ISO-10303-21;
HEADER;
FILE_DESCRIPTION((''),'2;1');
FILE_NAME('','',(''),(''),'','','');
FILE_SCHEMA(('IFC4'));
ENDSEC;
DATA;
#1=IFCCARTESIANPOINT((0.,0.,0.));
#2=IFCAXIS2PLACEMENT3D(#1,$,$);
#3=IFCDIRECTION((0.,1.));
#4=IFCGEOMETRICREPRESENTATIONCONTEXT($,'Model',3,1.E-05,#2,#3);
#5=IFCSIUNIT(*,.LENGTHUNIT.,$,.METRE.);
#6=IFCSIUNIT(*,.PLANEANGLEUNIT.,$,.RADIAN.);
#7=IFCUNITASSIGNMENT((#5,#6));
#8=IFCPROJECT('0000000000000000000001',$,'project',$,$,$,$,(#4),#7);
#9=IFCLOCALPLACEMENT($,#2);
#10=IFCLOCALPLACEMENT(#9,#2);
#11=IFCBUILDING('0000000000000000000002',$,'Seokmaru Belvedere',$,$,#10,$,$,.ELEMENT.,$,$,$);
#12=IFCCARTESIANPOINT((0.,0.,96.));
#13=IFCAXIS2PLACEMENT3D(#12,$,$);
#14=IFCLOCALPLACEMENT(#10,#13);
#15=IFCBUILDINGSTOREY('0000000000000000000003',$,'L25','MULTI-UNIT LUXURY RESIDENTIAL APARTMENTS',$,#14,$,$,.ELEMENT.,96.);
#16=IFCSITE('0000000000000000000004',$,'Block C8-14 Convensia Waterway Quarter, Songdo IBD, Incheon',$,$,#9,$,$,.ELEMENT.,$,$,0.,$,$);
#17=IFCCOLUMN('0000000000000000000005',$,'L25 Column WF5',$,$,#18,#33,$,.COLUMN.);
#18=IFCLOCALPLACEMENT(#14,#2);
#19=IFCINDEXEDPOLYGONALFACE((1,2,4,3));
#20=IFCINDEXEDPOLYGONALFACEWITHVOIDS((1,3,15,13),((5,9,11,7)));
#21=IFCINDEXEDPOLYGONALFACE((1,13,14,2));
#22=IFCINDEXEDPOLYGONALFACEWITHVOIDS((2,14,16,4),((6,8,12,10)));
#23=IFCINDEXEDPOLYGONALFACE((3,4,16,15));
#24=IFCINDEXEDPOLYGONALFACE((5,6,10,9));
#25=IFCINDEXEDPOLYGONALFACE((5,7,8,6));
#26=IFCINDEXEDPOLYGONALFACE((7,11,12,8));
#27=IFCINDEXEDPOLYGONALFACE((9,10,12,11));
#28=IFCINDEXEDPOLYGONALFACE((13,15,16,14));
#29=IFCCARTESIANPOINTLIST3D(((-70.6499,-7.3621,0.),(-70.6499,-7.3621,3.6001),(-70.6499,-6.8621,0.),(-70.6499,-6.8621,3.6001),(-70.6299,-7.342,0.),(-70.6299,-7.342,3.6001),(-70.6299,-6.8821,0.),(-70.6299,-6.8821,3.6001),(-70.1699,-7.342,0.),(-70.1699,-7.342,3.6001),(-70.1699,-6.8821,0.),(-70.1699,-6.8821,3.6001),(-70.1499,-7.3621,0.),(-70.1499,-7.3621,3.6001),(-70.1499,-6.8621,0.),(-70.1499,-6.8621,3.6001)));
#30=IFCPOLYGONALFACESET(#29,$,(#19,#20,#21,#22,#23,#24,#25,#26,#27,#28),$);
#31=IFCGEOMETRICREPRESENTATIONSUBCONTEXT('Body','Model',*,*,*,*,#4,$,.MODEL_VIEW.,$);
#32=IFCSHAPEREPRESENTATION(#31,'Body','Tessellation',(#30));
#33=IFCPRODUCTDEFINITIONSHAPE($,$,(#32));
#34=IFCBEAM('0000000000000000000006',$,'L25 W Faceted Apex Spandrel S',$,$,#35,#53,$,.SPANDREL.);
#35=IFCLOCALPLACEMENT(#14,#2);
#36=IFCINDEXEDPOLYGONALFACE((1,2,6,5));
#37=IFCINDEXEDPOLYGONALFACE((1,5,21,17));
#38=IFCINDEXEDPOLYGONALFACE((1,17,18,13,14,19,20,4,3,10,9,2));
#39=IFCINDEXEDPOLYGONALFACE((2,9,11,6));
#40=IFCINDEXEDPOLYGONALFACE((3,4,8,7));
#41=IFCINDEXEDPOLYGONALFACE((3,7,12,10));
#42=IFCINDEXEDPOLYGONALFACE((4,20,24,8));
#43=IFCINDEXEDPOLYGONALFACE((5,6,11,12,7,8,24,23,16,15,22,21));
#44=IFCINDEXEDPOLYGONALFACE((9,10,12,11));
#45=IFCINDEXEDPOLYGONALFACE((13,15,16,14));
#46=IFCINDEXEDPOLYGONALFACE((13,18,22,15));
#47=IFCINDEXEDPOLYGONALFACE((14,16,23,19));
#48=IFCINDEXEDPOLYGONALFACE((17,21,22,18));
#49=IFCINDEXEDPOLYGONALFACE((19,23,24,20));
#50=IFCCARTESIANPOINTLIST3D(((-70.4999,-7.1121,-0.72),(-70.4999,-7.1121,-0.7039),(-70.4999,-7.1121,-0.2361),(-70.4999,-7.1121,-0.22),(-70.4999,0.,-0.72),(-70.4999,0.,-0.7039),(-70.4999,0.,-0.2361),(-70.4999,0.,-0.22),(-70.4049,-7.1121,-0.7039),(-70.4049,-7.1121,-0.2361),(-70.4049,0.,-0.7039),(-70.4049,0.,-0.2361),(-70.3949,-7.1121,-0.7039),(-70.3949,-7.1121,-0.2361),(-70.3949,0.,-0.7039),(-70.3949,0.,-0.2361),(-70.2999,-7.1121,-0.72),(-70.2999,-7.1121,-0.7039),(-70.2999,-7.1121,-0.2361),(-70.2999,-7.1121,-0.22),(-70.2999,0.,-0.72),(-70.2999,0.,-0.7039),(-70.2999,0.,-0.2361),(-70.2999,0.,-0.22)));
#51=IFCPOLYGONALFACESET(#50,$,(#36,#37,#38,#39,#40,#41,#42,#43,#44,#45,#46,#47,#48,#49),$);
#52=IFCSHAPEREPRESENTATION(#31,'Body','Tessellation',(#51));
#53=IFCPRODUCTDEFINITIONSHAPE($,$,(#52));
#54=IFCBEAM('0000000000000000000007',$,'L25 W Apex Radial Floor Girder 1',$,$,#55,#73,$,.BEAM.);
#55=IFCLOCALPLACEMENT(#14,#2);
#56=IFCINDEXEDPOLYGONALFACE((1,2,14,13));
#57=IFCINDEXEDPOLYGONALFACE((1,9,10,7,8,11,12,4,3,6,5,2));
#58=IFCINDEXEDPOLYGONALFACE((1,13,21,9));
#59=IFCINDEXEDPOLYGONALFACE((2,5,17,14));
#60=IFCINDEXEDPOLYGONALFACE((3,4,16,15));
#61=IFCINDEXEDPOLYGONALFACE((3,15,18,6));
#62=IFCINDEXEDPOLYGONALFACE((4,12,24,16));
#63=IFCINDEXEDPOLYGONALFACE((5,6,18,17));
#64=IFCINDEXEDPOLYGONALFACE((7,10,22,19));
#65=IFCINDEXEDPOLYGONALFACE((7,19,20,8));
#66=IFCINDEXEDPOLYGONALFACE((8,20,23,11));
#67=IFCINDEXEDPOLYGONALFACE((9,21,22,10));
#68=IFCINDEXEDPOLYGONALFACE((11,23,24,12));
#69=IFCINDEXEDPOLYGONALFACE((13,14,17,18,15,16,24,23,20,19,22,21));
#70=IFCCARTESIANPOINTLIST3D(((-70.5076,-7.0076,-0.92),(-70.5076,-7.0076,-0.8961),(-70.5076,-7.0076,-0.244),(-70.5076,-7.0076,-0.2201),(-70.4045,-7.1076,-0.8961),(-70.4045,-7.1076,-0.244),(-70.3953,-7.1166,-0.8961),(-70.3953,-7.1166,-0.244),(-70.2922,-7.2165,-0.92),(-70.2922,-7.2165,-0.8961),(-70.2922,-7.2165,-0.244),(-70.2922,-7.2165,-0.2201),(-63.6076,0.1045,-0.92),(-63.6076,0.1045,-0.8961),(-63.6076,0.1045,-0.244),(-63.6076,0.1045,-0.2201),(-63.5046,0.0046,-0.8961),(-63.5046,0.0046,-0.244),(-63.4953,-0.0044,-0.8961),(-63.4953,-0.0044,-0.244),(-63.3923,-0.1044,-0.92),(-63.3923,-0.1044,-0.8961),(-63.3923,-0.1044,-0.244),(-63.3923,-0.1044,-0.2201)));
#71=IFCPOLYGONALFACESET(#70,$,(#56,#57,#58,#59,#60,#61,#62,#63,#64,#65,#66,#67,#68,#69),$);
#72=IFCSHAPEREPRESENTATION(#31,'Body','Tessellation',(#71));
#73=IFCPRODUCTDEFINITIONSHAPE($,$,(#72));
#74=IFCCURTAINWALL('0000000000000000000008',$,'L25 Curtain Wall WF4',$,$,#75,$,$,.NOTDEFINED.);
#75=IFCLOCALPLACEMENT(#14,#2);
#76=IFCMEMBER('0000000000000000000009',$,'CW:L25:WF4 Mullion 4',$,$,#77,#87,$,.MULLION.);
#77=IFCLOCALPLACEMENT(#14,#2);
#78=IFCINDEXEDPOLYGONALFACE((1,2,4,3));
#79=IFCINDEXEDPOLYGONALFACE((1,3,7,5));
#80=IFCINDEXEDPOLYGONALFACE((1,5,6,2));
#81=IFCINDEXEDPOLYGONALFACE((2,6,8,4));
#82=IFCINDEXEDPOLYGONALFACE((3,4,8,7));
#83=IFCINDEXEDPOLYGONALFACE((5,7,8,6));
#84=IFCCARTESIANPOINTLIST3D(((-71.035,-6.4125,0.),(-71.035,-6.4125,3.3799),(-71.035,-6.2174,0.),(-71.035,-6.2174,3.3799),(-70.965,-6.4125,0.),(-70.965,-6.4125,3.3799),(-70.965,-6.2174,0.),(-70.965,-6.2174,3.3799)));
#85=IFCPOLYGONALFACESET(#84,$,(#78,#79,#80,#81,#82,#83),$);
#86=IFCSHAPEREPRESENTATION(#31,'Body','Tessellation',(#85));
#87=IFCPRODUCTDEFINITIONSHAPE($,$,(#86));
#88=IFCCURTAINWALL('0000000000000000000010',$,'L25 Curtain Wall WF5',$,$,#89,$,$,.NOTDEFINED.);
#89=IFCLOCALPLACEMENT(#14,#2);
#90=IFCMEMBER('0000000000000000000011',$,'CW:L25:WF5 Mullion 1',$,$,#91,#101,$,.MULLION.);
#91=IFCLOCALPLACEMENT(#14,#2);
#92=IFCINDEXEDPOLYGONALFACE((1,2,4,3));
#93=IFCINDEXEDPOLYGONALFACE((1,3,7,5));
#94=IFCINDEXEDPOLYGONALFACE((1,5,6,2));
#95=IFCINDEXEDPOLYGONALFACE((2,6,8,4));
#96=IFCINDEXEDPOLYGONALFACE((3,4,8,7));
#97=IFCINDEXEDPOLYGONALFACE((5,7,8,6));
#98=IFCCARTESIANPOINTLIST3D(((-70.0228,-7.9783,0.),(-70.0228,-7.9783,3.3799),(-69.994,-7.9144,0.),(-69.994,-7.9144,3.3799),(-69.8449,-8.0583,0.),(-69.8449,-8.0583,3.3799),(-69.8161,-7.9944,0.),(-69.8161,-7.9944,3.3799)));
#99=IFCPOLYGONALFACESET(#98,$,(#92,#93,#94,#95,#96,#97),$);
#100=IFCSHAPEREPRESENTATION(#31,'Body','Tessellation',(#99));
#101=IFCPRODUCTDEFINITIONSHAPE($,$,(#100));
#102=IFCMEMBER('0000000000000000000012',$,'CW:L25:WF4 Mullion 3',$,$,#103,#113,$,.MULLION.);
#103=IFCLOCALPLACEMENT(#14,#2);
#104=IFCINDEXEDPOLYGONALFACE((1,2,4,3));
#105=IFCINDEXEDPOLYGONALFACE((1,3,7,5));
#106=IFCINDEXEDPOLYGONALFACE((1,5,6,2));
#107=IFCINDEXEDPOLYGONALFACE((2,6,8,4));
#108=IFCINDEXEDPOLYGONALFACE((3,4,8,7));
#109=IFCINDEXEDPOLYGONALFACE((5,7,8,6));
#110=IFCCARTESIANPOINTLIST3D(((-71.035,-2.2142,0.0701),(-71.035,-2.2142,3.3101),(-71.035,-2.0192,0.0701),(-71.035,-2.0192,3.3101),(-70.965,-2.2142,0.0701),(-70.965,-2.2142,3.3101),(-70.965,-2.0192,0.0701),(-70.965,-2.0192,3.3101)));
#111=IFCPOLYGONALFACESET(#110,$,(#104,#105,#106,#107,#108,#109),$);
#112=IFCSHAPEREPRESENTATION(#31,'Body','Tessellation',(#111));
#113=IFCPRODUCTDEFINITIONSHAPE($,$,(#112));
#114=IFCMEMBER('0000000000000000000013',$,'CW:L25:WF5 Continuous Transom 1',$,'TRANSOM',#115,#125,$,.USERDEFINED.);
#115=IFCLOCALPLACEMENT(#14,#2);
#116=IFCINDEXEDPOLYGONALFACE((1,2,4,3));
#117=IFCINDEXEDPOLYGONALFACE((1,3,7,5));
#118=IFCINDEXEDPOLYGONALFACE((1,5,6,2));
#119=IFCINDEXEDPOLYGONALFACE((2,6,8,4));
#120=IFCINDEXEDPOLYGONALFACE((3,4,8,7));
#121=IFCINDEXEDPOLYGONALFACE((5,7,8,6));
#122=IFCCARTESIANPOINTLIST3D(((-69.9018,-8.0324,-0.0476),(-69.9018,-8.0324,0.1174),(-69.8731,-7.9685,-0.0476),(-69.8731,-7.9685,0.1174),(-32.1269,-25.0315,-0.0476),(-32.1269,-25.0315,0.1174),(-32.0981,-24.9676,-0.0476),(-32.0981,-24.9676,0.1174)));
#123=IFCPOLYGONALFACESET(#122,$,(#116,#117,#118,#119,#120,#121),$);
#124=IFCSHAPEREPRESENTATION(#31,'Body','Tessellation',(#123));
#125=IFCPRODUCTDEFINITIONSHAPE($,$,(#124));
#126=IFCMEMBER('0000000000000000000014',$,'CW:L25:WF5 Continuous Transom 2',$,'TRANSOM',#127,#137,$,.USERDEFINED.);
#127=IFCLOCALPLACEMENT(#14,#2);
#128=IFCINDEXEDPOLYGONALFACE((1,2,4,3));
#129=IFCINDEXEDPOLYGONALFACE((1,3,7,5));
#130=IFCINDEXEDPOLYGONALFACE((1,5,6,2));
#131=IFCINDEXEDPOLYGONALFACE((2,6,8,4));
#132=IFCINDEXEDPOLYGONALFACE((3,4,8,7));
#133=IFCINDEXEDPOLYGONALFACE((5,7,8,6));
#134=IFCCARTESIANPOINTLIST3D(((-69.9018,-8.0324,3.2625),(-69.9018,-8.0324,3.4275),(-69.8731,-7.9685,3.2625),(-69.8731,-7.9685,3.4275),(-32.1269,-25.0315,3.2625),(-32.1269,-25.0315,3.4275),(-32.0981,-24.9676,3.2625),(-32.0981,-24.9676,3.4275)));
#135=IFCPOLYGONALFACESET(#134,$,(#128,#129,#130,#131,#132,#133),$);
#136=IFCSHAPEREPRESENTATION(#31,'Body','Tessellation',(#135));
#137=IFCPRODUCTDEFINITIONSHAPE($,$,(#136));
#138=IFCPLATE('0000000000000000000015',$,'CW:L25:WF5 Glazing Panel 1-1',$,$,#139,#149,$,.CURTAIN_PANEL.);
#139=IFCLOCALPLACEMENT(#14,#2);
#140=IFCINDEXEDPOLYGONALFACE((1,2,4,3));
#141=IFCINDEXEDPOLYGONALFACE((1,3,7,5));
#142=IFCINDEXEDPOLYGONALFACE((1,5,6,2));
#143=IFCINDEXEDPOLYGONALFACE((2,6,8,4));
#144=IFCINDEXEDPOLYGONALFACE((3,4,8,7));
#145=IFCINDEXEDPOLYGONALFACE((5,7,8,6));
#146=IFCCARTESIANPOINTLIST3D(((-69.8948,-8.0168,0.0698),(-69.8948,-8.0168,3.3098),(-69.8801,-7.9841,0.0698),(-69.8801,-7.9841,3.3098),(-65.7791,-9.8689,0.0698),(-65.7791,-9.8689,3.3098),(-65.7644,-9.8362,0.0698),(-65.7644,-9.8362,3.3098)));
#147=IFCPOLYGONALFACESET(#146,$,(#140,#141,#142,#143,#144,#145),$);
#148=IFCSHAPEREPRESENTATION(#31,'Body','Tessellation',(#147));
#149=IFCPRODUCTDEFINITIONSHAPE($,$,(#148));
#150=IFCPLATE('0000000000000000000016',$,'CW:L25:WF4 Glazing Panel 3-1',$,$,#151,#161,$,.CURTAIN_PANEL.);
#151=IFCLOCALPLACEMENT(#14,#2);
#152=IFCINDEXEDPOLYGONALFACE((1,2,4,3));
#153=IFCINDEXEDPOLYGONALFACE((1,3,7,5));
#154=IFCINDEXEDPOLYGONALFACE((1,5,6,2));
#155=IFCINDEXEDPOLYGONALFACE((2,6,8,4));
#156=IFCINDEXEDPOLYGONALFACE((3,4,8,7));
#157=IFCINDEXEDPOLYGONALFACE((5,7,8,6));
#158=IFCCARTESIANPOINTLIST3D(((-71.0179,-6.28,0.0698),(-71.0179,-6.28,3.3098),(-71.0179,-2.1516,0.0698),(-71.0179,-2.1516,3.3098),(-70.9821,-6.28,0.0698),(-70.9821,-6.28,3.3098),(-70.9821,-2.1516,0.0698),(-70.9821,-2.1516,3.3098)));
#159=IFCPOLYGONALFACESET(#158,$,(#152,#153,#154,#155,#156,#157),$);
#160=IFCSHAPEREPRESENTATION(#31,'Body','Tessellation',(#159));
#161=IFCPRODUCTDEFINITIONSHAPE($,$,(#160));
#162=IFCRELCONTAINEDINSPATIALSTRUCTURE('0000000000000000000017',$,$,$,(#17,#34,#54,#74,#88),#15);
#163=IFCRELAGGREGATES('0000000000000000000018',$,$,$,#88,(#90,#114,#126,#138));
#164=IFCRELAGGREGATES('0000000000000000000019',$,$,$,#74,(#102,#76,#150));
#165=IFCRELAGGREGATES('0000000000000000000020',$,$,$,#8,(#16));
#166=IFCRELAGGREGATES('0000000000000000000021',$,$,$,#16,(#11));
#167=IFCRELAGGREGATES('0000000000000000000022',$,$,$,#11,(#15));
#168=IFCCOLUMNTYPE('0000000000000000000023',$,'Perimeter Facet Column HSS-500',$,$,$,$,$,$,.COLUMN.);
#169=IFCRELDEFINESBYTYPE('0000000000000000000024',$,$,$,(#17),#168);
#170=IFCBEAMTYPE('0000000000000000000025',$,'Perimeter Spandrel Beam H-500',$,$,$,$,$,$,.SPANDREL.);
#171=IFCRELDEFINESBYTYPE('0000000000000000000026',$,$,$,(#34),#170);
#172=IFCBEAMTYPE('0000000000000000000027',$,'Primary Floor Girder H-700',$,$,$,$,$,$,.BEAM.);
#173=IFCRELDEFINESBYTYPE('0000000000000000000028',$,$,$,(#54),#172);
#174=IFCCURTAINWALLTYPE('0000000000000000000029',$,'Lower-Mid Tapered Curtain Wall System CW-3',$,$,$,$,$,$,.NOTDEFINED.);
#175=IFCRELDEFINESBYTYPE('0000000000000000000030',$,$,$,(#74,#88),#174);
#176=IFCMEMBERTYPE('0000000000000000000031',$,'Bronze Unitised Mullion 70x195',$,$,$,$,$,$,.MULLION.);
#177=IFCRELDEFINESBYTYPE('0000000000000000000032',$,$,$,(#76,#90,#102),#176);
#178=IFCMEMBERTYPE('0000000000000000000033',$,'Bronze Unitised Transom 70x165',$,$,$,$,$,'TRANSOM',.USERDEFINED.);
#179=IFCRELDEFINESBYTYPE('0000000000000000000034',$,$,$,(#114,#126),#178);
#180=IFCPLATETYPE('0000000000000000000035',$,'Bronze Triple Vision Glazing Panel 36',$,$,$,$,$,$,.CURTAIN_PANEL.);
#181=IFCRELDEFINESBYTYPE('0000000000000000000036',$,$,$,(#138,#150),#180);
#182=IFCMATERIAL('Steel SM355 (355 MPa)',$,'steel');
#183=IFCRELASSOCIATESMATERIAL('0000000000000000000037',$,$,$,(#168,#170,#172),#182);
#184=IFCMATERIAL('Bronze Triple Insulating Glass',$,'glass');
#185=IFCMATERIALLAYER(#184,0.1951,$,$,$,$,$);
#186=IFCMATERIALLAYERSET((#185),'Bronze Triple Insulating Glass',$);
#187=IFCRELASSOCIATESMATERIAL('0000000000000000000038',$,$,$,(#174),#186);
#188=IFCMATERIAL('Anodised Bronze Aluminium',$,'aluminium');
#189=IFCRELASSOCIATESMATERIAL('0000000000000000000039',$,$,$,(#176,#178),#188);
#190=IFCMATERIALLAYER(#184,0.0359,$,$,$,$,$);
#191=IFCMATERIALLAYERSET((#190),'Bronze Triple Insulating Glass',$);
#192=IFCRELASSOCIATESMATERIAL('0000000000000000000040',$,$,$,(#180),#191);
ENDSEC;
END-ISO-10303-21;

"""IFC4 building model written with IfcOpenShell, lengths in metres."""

from ifc_helpers import new_model, si_unit, direction, frame, origin, origin_2d, place, context, subcontext, project, spatial, rectangle, hollow_rectangle, i_section, extrude, source, transform, mapped, material, layer, layer_set, material_profile, profile_set, type_object, type_shapes, element, aggregate, save


model = new_model("IFC4")

# Units and contexts
model_context = context("Model", 3, precision=1e-05, world=origin(), true_north=direction((0.0, 1.0)))
body_context = subcontext(model_context, "Body", "Model", "MODEL_VIEW")
ifc_project = project(units=[si_unit("LENGTHUNIT", "METRE"), si_unit("PLANEANGLEUNIT", "RADIAN")], contexts=[model_context])

# Site, building, storey
site_placement = place(None, origin())
site = spatial("IfcSite", under=ifc_project, at=site_placement, Name="Block C8-14 Convensia Waterway Quarter, Songdo IBD, Incheon", CompositionType="ELEMENT", RefElevation=0.0)
building_placement = place(site_placement, origin())
building = spatial("IfcBuilding", under=site, at=building_placement, Name="Seokmaru Belvedere", CompositionType="ELEMENT")
storey_placement = place(building_placement, frame((0.0, 0.0, 96.0)))
storey = spatial("IfcBuildingStorey", under=building, at=storey_placement, Name="L25", Description="MULTI-UNIT LUXURY RESIDENTIAL APARTMENTS", CompositionType="ELEMENT", Elevation=96.0)

# Column
ifc_material_1 = material(Name="Steel SM355 (355 MPa)", Category="steel")
ifc_material_profile_1 = material_profile(ifc_material_1, hollow_rectangle(XDim=0.5, YDim=0.5, WallThickness=0.02, at=origin_2d()), Name="HSS-500x500x20")
ifc_profile_set_1 = profile_set([ifc_material_profile_1], Name="Steel SM355 (355 MPa)")
column_type = type_object("IfcColumnType", Name="Perimeter Facet Column HSS-500", PredefinedType="COLUMN", material=ifc_profile_set_1)
shared_shape_1 = source(origin(), body_context, "Body", "SweptSolid", [
    extrude(hollow_rectangle(XDim=0.5, YDim=0.5, WallThickness=0.02, at=origin_2d()), origin(), (0.0, 0.0, 1.0), 3.6001),
])
type_shapes(column_type, [shared_shape_1])
column_placement = place(storey_placement, frame((-70.3999, -7.1121, 0.0), z_axis=(0.0, 0.0, 1.0), x_axis=(1.0, 0.0, 0.0)))
element("IfcColumn", 1, at=column_placement, inside=storey, type_object=column_type, Name="L25 Column WF5", PredefinedType="COLUMN", context=body_context, shape_type="MappedRepresentation", body=[
    mapped(shared_shape_1, transform((0.0, 0.0, 0.0), scale=1.0)),
])

# Beams
ifc_material_profile_2 = material_profile(ifc_material_1, i_section(OverallWidth=0.2, OverallDepth=0.5, WebThickness=0.01, FlangeThickness=0.0161, at=origin_2d()), Name="H-500x200x10x16")
ifc_profile_set_2 = profile_set([ifc_material_profile_2], Name="Steel SM355 (355 MPa)")
beam_type_1 = type_object("IfcBeamType", Name="Perimeter Spandrel Beam H-500", PredefinedType="SPANDREL", material=ifc_profile_set_2)
shared_shape_2 = source(origin(), body_context, "Body", "SweptSolid", [
    extrude(i_section(OverallWidth=0.2, OverallDepth=0.5, WebThickness=0.01, FlangeThickness=0.0161, at=origin_2d()), origin(), (0.0, 0.0, 1.0), 7.1121),
])
type_shapes(beam_type_1, [shared_shape_2])
beam_1_placement = place(storey_placement, frame((-70.3999, -7.1121, -0.47), z_axis=(0.0, 1.0, 0.0), x_axis=(-1.0, 0.0, 0.0)))
element("IfcBeam", 2, at=beam_1_placement, inside=storey, type_object=beam_type_1, Name="L25 W Faceted Apex Spandrel S", PredefinedType="SPANDREL", context=body_context, shape_type="MappedRepresentation", body=[
    mapped(shared_shape_2, transform((0.0, 0.0, 0.0), scale=1.0)),
])
ifc_material_profile_3 = material_profile(ifc_material_1, i_section(OverallWidth=0.3, OverallDepth=0.7, WebThickness=0.0129, FlangeThickness=0.0239, at=origin_2d()), Name="H-700x300x13x24")
ifc_profile_set_3 = profile_set([ifc_material_profile_3], Name="Steel SM355 (355 MPa)")
beam_type_2 = type_object("IfcBeamType", Name="Primary Floor Girder H-700", PredefinedType="BEAM", material=ifc_profile_set_3)
shared_shape_3 = source(origin(), body_context, "Body", "SweptSolid", [
    extrude(i_section(OverallWidth=0.3, OverallDepth=0.7, WebThickness=0.0129, FlangeThickness=0.0239, at=origin_2d()), origin(), (0.0, 0.0, 1.0), 9.9092),
])
type_shapes(beam_type_2, [shared_shape_3])
beam_2_placement = place(storey_placement, frame((-70.3999, -7.1121, -0.5701), z_axis=(0.696321, 0.717731, 0.0), x_axis=(-0.717731, 0.696321, 0.0)))
element("IfcBeam", 3, at=beam_2_placement, inside=storey, type_object=beam_type_2, Name="L25 W Apex Radial Floor Girder 1", PredefinedType="BEAM", context=body_context, shape_type="MappedRepresentation", body=[
    mapped(shared_shape_3, transform((0.0, 0.0, 0.0), scale=1.0)),
])

# Curtain walls, members
ifc_material_2 = material(Name="Bronze Triple Insulating Glass", Category="glass")
ifc_layer_1 = layer(ifc_material_2, 0.1951)
ifc_layer_set_1 = layer_set([ifc_layer_1], Name="Bronze Triple Insulating Glass")
curtain_wall_type = type_object("IfcCurtainWallType", Name="Lower-Mid Tapered Curtain Wall System CW-3", PredefinedType="NOTDEFINED", material=ifc_layer_set_1)
curtain_wall_1_placement = place(storey_placement, origin())
curtain_wall_1 = element("IfcCurtainWall", 4, at=curtain_wall_1_placement, inside=storey, type_object=curtain_wall_type, Name="L25 Curtain Wall WF4", PredefinedType="NOTDEFINED")
ifc_material_3 = material(Name="Anodised Bronze Aluminium", Category="aluminium")
ifc_material_profile_4 = material_profile(ifc_material_3, rectangle(XDim=0.0701, YDim=0.1951, at=origin_2d()), Name="CW-M-70x195")
ifc_profile_set_4 = profile_set([ifc_material_profile_4], Name="Anodised Bronze Aluminium")
member_type_1 = type_object("IfcMemberType", Name="Bronze Unitised Mullion 70x195", PredefinedType="MULLION", material=ifc_profile_set_4)
shared_shape_4 = source(origin(), body_context, "Body", "SweptSolid", [
    extrude(rectangle(XDim=0.0701, YDim=0.1951, at=origin_2d()), origin(), (0.0, 0.0, 1.0), 3.3799),
])
member_1_placement = place(storey_placement, frame((-71.0, -6.3149, 0.0), z_axis=(0.0, 0.0, 1.0), x_axis=(1.0, 0.0, 0.0)))
member_1 = element("IfcMember", 5, at=member_1_placement, type_object=member_type_1, Name="CW:L25:WF4 Mullion 4", PredefinedType="MULLION", context=body_context, shape_type="MappedRepresentation", body=[
    mapped(shared_shape_4, transform((0.0, 0.0, 0.0), scale=1.0)),
])
curtain_wall_2_placement = place(storey_placement, origin())
curtain_wall_2 = element("IfcCurtainWall", 6, at=curtain_wall_2_placement, inside=storey, type_object=curtain_wall_type, Name="L25 Curtain Wall WF5", PredefinedType="NOTDEFINED")
member_2_placement = place(storey_placement, frame((-69.9194, -7.9863, 0.0), z_axis=(0.0, 0.0, 1.0), x_axis=(0.410366, 0.911921, 0.0)))
member_2 = element("IfcMember", 7, at=member_2_placement, type_object=member_type_1, Name="CW:L25:WF5 Mullion 1", PredefinedType="MULLION", context=body_context, shape_type="MappedRepresentation", body=[
    mapped(shared_shape_4, transform((0.0, 0.0, 0.0), scale=1.0)),
])

# Members
shared_shape_5 = source(origin(), body_context, "Body", "SweptSolid", [
    extrude(rectangle(XDim=0.0701, YDim=0.1951, at=origin_2d()), origin(), (0.0, 0.0, 1.0), 3.24),
])
type_shapes(member_type_1, [shared_shape_4, shared_shape_5])
member_3_placement = place(storey_placement, frame((-71.0, -2.1167, 0.0701), z_axis=(0.0, 0.0, 1.0), x_axis=(1.0, 0.0, 0.0)))
member_3 = element("IfcMember", 8, at=member_3_placement, type_object=member_type_1, Name="CW:L25:WF4 Mullion 3", PredefinedType="MULLION", context=body_context, shape_type="MappedRepresentation", body=[
    mapped(shared_shape_5, transform((0.0, 0.0, 0.0), scale=1.0)),
])
ifc_material_profile_5 = material_profile(ifc_material_3, rectangle(XDim=0.0701, YDim=0.165, at=origin_2d()), Name="CW-T-70x165")
ifc_profile_set_5 = profile_set([ifc_material_profile_5], Name="Anodised Bronze Aluminium")
member_type_2 = type_object("IfcMemberType", Name="Bronze Unitised Transom 70x165", ElementType="TRANSOM", PredefinedType="USERDEFINED", material=ifc_profile_set_5)
shared_shape_6 = source(origin(), body_context, "Body", "SweptSolid", [
    extrude(rectangle(XDim=0.0701, YDim=0.165, at=origin_2d()), origin(), (0.0, 0.0, 1.0), 41.4236),
])
type_shapes(member_type_2, [shared_shape_6])
member_4_placement = place(storey_placement, frame((-69.8875, -8.0005, 0.0349), z_axis=(0.911919, -0.410371, 0.0), x_axis=(0.410371, 0.911919, 0.0)))
member_4 = element("IfcMember", 9, at=member_4_placement, type_object=member_type_2, Name="CW:L25:WF5 Continuous Transom 1", ObjectType="TRANSOM", PredefinedType="USERDEFINED", context=body_context, shape_type="MappedRepresentation", body=[
    mapped(shared_shape_6, transform((0.0, 0.0, 0.0), scale=1.0)),
])
member_5_placement = place(storey_placement, frame((-69.8875, -8.0005, 3.345), z_axis=(0.911919, -0.410371, 0.0), x_axis=(0.410371, 0.911919, 0.0)))
member_5 = element("IfcMember", 10, at=member_5_placement, type_object=member_type_2, Name="CW:L25:WF5 Continuous Transom 2", ObjectType="TRANSOM", PredefinedType="USERDEFINED", context=body_context, shape_type="MappedRepresentation", body=[
    mapped(shared_shape_6, transform((0.0, 0.0, 0.0), scale=1.0)),
])

# Plates
ifc_layer_2 = layer(ifc_material_2, 0.0359)
ifc_layer_set_2 = layer_set([ifc_layer_2], Name="Bronze Triple Insulating Glass")
plate_type = type_object("IfcPlateType", Name="Bronze Triple Vision Glazing Panel 36", PredefinedType="CURTAIN_PANEL", material=ifc_layer_set_2)
shared_shape_7 = source(origin(), body_context, "Body", "SweptSolid", [
    extrude(rectangle(XDim=4.5132, YDim=0.0359, at=origin_2d()), origin(), (0.0, 0.0, 1.0), 3.24),
])
plate_1_placement = place(storey_placement, frame((-67.8296, -8.9265, 0.0698), z_axis=(0.0, 0.0, 1.0), x_axis=(0.911921, -0.410366, 0.0)))
plate_1 = element("IfcPlate", 11, at=plate_1_placement, type_object=plate_type, Name="CW:L25:WF5 Glazing Panel 1-1", PredefinedType="CURTAIN_PANEL", context=body_context, shape_type="MappedRepresentation", body=[
    mapped(shared_shape_7, transform((0.0, 0.0, 0.0), scale=1.0)),
])
aggregate(curtain_wall_2, [member_2, member_4, member_5, plate_1])
shared_shape_8 = source(origin(), body_context, "Body", "SweptSolid", [
    extrude(rectangle(XDim=4.1284, YDim=0.0359, at=origin_2d()), origin(), (0.0, 0.0, 1.0), 3.24),
])
type_shapes(plate_type, [shared_shape_7, shared_shape_8])
plate_2_placement = place(storey_placement, frame((-71.0, -4.2158, 0.0698), z_axis=(0.0, 0.0, 1.0), x_axis=(0.0, -1.0, 0.0)))
plate_2 = element("IfcPlate", 12, at=plate_2_placement, type_object=plate_type, Name="CW:L25:WF4 Glazing Panel 3-1", PredefinedType="CURTAIN_PANEL", context=body_context, shape_type="MappedRepresentation", body=[
    mapped(shared_shape_8, transform((0.0, 0.0, 0.0), scale=1.0)),
])
aggregate(curtain_wall_1, [member_3, member_1, plate_2])

save(model, "model.ifc")
